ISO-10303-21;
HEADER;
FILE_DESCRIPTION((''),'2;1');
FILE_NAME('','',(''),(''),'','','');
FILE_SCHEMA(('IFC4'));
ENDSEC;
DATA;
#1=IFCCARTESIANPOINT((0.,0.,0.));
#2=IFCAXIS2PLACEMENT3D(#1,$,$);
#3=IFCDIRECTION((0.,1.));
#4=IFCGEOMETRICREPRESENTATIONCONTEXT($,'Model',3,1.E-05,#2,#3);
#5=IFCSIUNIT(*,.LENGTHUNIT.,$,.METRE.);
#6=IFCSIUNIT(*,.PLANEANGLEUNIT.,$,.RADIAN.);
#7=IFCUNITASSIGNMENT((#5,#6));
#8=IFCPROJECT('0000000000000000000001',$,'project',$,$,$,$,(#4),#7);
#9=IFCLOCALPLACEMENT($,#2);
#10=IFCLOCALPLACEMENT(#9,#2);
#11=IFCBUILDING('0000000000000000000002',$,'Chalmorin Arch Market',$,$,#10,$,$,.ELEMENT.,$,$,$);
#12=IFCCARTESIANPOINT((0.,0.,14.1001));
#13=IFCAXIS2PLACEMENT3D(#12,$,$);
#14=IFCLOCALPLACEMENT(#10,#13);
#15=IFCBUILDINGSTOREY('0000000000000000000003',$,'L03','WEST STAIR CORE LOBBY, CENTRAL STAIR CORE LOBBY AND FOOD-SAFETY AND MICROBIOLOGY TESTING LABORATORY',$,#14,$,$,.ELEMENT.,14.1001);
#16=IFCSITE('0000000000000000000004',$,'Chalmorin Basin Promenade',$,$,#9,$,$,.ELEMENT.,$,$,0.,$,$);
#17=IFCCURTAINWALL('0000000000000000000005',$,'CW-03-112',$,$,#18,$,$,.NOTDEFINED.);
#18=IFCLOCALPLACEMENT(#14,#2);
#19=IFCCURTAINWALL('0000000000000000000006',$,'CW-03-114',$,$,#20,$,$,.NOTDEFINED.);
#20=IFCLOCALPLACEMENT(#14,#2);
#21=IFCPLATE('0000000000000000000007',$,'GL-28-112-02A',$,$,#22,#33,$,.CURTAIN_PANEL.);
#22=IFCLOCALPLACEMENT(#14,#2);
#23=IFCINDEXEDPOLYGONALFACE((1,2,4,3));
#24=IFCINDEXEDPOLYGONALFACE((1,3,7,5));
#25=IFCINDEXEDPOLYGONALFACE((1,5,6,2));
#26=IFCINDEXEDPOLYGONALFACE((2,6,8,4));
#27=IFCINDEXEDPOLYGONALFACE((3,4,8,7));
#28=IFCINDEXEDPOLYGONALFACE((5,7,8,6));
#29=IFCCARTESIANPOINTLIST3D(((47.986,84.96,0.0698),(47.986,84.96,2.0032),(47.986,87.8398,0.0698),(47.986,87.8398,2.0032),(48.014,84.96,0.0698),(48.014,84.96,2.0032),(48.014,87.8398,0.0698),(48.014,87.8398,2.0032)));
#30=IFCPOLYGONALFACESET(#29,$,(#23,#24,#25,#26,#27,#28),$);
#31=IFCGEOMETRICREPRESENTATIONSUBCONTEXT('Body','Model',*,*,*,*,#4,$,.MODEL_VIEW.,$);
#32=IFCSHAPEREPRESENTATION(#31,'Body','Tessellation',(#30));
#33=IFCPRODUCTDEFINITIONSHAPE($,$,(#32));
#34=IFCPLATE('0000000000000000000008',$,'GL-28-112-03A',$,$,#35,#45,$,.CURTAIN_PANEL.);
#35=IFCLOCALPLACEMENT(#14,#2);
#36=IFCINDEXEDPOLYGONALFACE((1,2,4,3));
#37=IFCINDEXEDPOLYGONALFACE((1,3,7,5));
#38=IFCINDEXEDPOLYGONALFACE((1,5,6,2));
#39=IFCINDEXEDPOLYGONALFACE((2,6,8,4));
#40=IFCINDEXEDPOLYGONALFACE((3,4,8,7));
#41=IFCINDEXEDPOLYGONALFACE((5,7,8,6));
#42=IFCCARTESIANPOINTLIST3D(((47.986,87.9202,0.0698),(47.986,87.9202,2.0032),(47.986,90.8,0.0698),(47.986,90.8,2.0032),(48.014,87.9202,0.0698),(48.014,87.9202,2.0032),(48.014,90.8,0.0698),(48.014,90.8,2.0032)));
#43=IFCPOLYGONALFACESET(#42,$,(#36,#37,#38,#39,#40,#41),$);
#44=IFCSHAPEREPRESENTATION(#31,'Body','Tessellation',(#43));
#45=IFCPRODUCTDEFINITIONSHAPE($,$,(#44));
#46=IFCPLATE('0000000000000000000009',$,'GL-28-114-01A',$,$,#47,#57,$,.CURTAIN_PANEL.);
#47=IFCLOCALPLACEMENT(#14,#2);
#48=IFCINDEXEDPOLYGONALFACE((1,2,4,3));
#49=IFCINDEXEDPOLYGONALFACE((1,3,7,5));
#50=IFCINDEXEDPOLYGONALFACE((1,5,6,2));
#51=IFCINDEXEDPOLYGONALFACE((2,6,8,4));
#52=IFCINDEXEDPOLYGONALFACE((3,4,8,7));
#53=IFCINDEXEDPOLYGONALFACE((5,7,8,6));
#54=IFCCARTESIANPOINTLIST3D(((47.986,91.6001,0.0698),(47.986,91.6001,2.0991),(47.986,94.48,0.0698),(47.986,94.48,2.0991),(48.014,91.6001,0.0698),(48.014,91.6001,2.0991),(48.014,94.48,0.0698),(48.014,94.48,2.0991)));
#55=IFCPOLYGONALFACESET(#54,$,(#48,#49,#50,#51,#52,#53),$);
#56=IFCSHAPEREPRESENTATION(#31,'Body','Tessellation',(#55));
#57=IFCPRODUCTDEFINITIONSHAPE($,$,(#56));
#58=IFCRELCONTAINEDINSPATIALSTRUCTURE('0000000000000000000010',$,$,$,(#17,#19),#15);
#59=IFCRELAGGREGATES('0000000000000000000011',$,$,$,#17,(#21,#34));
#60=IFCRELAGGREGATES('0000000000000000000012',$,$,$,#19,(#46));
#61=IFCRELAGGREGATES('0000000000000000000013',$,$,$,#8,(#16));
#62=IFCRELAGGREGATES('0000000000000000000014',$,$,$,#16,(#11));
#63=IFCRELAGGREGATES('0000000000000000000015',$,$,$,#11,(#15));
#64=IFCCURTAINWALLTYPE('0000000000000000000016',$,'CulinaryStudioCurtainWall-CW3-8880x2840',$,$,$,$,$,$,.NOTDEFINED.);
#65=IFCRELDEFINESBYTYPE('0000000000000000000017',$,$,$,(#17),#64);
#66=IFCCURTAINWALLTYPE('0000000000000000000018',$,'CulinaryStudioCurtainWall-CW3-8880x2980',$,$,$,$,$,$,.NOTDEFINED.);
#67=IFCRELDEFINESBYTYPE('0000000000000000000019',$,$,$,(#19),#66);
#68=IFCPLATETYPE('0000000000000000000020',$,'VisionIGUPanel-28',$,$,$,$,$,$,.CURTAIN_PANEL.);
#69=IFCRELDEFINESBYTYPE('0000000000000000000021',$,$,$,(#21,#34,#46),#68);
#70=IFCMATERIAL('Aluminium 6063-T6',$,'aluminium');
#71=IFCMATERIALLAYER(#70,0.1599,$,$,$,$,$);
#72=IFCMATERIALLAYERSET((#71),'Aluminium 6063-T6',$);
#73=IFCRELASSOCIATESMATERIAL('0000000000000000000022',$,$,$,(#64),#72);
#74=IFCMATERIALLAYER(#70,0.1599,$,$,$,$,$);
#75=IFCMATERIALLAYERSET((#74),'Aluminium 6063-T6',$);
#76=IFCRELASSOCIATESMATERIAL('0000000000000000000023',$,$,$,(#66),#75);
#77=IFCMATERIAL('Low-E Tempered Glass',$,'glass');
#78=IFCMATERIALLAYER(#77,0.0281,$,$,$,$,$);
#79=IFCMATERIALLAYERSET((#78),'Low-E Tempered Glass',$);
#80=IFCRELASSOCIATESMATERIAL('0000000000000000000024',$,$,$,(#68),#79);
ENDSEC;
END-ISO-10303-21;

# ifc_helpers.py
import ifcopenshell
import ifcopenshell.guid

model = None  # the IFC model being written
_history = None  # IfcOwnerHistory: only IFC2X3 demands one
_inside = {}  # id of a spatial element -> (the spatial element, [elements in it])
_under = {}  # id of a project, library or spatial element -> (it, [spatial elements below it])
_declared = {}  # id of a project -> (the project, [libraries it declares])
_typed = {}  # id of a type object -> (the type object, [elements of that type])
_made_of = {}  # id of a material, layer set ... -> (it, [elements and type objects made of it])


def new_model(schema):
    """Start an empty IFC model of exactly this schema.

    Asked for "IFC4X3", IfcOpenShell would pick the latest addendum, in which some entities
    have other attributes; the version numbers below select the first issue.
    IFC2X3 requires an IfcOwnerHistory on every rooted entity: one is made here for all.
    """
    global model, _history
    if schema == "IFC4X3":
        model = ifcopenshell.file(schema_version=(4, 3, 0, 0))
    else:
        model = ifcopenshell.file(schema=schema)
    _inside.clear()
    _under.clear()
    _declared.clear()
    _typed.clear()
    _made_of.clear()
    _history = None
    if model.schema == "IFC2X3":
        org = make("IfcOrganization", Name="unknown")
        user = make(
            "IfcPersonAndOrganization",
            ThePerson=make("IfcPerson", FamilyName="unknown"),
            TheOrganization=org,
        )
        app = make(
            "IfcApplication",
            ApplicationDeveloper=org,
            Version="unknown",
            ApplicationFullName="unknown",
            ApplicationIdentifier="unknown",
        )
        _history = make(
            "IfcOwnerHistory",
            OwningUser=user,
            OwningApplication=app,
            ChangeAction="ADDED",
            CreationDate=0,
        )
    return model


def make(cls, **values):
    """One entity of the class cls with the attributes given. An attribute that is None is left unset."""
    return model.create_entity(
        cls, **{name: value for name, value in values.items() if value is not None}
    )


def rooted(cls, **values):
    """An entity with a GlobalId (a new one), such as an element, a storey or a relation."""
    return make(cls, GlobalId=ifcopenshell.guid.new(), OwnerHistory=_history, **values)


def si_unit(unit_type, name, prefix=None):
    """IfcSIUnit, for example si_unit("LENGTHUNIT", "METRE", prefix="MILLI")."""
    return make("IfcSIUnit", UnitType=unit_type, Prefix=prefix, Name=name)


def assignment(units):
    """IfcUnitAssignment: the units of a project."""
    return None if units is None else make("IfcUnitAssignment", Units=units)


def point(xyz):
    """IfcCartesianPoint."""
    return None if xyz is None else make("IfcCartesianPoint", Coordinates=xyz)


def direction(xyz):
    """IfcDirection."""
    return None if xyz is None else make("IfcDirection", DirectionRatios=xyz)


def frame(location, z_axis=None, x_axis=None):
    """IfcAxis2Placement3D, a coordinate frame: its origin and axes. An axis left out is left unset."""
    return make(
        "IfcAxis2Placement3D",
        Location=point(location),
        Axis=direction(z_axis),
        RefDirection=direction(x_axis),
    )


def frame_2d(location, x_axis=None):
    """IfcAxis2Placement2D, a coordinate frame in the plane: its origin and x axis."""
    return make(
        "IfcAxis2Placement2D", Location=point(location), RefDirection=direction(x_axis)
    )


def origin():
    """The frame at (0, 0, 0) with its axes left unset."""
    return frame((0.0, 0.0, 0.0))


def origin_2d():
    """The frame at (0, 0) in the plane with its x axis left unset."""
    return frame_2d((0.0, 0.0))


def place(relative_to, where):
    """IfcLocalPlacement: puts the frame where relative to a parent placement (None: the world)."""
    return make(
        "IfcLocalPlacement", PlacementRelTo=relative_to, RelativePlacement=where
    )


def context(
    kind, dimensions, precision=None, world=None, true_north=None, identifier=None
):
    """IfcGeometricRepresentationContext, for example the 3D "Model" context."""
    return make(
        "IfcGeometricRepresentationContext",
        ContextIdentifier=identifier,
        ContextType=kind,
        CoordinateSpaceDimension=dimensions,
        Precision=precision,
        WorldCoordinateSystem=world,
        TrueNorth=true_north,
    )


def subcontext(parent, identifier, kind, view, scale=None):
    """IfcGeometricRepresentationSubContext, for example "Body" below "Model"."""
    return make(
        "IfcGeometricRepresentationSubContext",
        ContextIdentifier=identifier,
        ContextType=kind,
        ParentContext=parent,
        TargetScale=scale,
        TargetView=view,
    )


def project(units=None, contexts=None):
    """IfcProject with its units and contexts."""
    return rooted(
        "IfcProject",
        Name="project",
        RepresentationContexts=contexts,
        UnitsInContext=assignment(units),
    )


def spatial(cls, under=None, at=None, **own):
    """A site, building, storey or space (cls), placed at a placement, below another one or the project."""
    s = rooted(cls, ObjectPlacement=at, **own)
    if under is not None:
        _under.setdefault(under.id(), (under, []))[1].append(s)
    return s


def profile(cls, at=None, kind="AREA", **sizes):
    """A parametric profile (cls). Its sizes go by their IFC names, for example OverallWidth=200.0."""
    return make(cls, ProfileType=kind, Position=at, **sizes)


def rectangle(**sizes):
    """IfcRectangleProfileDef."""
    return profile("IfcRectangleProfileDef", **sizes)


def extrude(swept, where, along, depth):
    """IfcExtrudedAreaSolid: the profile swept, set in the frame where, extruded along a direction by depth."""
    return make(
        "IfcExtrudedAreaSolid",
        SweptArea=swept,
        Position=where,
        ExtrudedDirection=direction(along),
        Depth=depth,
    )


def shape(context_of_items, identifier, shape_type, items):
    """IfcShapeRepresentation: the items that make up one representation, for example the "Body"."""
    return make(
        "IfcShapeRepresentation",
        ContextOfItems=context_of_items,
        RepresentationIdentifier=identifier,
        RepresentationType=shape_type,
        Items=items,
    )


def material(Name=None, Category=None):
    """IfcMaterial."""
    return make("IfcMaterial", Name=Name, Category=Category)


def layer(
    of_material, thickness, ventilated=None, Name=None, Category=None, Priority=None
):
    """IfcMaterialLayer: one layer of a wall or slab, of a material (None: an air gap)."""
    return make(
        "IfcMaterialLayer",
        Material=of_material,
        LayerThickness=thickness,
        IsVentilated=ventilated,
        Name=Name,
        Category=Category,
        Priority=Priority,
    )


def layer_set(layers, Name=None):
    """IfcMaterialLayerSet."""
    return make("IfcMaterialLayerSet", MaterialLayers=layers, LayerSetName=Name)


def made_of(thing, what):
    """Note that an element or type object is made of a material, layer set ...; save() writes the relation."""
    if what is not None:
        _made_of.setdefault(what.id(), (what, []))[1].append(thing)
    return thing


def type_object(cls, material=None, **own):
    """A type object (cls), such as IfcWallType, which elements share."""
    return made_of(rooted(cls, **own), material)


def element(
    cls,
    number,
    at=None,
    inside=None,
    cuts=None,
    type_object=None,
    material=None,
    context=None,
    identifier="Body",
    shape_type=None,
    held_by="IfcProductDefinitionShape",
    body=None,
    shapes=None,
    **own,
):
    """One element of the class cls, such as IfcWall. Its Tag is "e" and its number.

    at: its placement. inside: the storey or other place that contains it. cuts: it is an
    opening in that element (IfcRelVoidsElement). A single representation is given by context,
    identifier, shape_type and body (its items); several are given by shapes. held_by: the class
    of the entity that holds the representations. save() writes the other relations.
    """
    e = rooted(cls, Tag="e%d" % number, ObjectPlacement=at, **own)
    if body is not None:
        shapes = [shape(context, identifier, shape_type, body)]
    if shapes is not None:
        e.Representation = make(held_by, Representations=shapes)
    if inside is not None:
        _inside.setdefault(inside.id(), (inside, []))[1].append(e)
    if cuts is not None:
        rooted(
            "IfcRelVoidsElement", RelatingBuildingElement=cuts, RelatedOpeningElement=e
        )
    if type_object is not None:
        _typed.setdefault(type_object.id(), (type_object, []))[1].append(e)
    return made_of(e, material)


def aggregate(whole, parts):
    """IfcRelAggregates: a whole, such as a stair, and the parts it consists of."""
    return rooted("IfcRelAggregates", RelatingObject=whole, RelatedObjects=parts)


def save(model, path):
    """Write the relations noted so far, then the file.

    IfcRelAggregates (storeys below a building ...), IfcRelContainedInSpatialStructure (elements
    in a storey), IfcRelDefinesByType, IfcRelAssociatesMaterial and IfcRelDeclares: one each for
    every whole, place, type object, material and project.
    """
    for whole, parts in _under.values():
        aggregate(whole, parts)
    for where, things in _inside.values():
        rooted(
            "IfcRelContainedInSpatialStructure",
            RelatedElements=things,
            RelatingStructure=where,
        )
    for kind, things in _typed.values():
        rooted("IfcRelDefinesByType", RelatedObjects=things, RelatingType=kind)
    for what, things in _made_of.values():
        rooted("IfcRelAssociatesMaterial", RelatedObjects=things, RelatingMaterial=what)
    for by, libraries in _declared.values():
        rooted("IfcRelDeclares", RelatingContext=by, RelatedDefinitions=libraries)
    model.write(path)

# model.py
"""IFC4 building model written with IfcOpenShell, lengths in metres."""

from ifc_helpers import new_model, si_unit, direction, frame, origin, origin_2d, place, context, subcontext, project, spatial, rectangle, extrude, material, layer, layer_set, type_object, element, aggregate, save


model = new_model("IFC4")

# Units and contexts
model_context = context("Model", 3, precision=1e-05, world=origin(), true_north=direction((0.0, 1.0)))
body_context = subcontext(model_context, "Body", "Model", "MODEL_VIEW")
ifc_project = project(units=[si_unit("LENGTHUNIT", "METRE"), si_unit("PLANEANGLEUNIT", "RADIAN")], contexts=[model_context])

# Site, building, storey
site_placement = place(None, origin())
site = spatial("IfcSite", under=ifc_project, at=site_placement, Name="Chalmorin Basin Promenade", CompositionType="ELEMENT", RefElevation=0.0)
building_placement = place(site_placement, origin())
building = spatial("IfcBuilding", under=site, at=building_placement, Name="Chalmorin Arch Market", CompositionType="ELEMENT")
storey_placement = place(building_placement, frame((0.0, 0.0, 14.1001)))
storey = spatial("IfcBuildingStorey", under=building, at=storey_placement, Name="L03", Description="WEST STAIR CORE LOBBY, CENTRAL STAIR CORE LOBBY AND FOOD-SAFETY AND MICROBIOLOGY TESTING LABORATORY", CompositionType="ELEMENT", Elevation=14.1001)

# Curtain wall
ifc_material_1 = material(Name="Aluminium 6063-T6", Category="aluminium")
ifc_layer_1 = layer(ifc_material_1, 0.1599)
ifc_layer_set_1 = layer_set([ifc_layer_1], Name="Aluminium 6063-T6")
curtain_wall_type_1 = type_object("IfcCurtainWallType", Name="CulinaryStudioCurtainWall-CW3-8880x2840", PredefinedType="NOTDEFINED", material=ifc_layer_set_1)
curtain_wall_1_placement = place(storey_placement, origin())
curtain_wall_1 = element("IfcCurtainWall", 1, at=curtain_wall_1_placement, inside=storey, type_object=curtain_wall_type_1, Name="CW-03-112", PredefinedType="NOTDEFINED")

# Curtain wall
ifc_layer_2 = layer(ifc_material_1, 0.1599)
ifc_layer_set_2 = layer_set([ifc_layer_2], Name="Aluminium 6063-T6")
curtain_wall_type_2 = type_object("IfcCurtainWallType", Name="CulinaryStudioCurtainWall-CW3-8880x2980", PredefinedType="NOTDEFINED", material=ifc_layer_set_2)
curtain_wall_2_placement = place(storey_placement, origin())
curtain_wall_2 = element("IfcCurtainWall", 2, at=curtain_wall_2_placement, inside=storey, type_object=curtain_wall_type_2, Name="CW-03-114", PredefinedType="NOTDEFINED")

# Plates
ifc_material_2 = material(Name="Low-E Tempered Glass", Category="glass")
ifc_layer_3 = layer(ifc_material_2, 0.0281)
ifc_layer_set_3 = layer_set([ifc_layer_3], Name="Low-E Tempered Glass")
plate_type_1 = type_object("IfcPlateType", Name="VisionIGUPanel-28", PredefinedType="CURTAIN_PANEL", material=ifc_layer_set_3)
plate_1_placement = place(storey_placement, frame((48.0, 86.3999, 0.0698), z_axis=(0.0, 0.0, 1.0), x_axis=(0.0, 1.0, 0.0)))
plate_1 = element("IfcPlate", 3, at=plate_1_placement, type_object=plate_type_1, Name="GL-28-112-02A", PredefinedType="CURTAIN_PANEL", context=body_context, shape_type="SweptSolid", body=[
    extrude(rectangle(XDim=2.8799, YDim=0.0281, at=origin_2d()), origin(), (0.0, 0.0, 1.0), 1.9333),
])
plate_2_placement = place(storey_placement, frame((48.0, 89.3601, 0.0698), z_axis=(0.0, 0.0, 1.0), x_axis=(0.0, 1.0, 0.0)))
plate_2 = element("IfcPlate", 4, at=plate_2_placement, type_object=plate_type_1, Name="GL-28-112-03A", PredefinedType="CURTAIN_PANEL", context=body_context, shape_type="SweptSolid", body=[
    extrude(rectangle(XDim=2.8799, YDim=0.0281, at=origin_2d()), origin(), (0.0, 0.0, 1.0), 1.9333),
])
aggregate(curtain_wall_1, [plate_1, plate_2])
plate_3_placement = place(storey_placement, frame((48.0, 93.04, 0.0698), z_axis=(0.0, 0.0, 1.0), x_axis=(0.0, 1.0, 0.0)))
plate_3 = element("IfcPlate", 5, at=plate_3_placement, type_object=plate_type_1, Name="GL-28-114-01A", PredefinedType="CURTAIN_PANEL", context=body_context, shape_type="SweptSolid", body=[
    extrude(rectangle(XDim=2.8799, YDim=0.0281, at=origin_2d()), origin(), (0.0, 0.0, 1.0), 2.0293),
])
aggregate(curtain_wall_2, [plate_3])

save(model, "model.ifc")
